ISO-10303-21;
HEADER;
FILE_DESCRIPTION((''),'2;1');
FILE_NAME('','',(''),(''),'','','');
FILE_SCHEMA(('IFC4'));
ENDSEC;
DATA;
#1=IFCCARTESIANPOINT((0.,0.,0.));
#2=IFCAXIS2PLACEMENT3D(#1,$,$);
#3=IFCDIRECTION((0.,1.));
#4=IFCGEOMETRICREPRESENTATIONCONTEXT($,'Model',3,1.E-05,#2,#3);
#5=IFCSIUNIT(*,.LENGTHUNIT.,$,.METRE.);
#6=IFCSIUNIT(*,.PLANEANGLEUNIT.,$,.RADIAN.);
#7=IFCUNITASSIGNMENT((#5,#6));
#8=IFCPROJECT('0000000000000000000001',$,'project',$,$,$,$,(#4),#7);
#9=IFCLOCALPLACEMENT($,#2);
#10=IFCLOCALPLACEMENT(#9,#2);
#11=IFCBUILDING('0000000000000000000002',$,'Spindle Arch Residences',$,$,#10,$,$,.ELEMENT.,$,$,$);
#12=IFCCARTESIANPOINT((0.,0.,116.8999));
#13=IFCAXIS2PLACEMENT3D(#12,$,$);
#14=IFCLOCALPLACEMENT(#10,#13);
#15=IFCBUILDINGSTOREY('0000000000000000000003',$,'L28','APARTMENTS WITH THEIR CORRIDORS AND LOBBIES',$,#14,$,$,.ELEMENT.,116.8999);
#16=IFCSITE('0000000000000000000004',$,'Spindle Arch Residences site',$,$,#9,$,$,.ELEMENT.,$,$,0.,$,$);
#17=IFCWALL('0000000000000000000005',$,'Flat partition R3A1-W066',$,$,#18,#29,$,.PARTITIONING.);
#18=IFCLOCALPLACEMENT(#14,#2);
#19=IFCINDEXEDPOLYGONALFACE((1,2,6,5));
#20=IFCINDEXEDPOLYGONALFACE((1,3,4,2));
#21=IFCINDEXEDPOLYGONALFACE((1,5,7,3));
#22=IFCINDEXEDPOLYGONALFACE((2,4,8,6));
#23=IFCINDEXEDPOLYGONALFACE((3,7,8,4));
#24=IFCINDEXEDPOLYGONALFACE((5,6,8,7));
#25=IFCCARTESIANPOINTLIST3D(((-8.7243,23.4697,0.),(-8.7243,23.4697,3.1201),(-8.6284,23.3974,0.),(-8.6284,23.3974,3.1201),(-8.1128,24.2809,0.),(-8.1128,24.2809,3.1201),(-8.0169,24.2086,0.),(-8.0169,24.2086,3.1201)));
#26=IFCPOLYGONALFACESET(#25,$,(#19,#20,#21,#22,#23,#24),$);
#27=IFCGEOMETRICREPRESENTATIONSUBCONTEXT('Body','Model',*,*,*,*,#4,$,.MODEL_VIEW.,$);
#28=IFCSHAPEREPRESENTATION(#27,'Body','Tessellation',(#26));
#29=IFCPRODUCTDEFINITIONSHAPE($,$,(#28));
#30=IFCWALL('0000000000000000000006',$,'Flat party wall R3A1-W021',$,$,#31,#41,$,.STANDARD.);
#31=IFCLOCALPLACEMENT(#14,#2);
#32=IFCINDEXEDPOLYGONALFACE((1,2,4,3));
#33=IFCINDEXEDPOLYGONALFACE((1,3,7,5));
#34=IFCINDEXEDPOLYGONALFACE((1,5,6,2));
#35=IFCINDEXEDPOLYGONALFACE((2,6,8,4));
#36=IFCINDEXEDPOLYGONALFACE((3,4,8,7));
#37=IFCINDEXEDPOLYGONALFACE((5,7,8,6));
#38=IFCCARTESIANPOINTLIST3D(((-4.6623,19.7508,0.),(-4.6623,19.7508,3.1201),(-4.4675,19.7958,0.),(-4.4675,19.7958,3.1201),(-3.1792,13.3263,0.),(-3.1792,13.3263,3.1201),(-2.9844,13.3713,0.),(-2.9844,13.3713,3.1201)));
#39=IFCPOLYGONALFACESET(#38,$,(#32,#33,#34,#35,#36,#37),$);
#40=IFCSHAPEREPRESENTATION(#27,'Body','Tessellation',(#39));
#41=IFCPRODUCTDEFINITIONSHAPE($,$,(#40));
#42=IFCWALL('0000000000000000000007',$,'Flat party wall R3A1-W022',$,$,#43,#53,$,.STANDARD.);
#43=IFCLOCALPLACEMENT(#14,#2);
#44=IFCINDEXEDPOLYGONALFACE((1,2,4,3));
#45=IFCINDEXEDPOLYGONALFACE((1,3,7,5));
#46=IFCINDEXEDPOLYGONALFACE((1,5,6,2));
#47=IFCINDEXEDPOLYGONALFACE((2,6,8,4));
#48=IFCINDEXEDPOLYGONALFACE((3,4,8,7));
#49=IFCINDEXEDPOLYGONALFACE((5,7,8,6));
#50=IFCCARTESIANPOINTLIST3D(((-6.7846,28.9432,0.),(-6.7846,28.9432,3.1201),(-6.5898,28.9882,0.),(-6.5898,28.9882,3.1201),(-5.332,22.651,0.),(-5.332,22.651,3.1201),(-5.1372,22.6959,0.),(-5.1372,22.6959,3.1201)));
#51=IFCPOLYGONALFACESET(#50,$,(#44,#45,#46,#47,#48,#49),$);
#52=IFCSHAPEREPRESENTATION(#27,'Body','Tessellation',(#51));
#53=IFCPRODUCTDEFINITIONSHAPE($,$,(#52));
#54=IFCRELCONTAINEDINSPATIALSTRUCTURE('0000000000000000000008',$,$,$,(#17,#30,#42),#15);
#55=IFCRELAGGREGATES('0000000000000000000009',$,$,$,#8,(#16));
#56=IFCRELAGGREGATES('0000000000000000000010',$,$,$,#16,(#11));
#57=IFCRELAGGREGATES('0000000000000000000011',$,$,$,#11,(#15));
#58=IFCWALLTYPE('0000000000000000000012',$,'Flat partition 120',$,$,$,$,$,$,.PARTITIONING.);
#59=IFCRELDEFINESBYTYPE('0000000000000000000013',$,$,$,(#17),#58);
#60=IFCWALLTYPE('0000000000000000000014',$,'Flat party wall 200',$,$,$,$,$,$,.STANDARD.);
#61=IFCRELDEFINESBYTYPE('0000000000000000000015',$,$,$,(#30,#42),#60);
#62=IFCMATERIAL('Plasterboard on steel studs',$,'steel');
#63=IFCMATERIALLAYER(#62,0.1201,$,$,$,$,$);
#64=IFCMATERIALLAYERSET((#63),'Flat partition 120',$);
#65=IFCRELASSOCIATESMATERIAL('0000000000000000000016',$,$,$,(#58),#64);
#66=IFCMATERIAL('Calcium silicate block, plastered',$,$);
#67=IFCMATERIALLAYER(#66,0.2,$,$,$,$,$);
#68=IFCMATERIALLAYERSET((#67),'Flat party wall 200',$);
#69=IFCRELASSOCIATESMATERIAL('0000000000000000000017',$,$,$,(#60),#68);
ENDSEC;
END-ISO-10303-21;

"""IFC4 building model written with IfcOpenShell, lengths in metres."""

from ifc_helpers import new_model, si_unit, direction, frame, frame_2d, origin, place, context, subcontext, project, spatial, rectangle, extrude, material, layer, layer_set, type_object, element, save


model = new_model("IFC4")

# Units and contexts
model_context = context("Model", 3, precision=1e-05, world=origin(), true_north=direction((0.0, 1.0)))
body_context = subcontext(model_context, "Body", "Model", "MODEL_VIEW")
ifc_project = project(units=[si_unit("LENGTHUNIT", "METRE"), si_unit("PLANEANGLEUNIT", "RADIAN")], contexts=[model_context])

# Site, building, storey
site_placement = place(None, origin())
site = spatial("IfcSite", under=ifc_project, at=site_placement, Name="Spindle Arch Residences site", CompositionType="ELEMENT", RefElevation=0.0)
building_placement = place(site_placement, origin())
building = spatial("IfcBuilding", under=site, at=building_placement, Name="Spindle Arch Residences", CompositionType="ELEMENT")
storey_placement = place(building_placement, frame((0.0, 0.0, 116.8999)))
storey = spatial("IfcBuildingStorey", under=building, at=storey_placement, Name="L28", Description="APARTMENTS WITH THEIR CORRIDORS AND LOBBIES", CompositionType="ELEMENT", Elevation=116.8999)

# Shared definitions
ifc_material_1 = material(Name="Plasterboard on steel studs", Category="steel")
ifc_layer_1 = layer(ifc_material_1, 0.1201)
ifc_layer_set_1 = layer_set([ifc_layer_1], Name="Flat partition 120")
wall_type_1 = type_object("IfcWallType", Name="Flat partition 120", PredefinedType="PARTITIONING", material=ifc_layer_set_1)

# Walls
wall_1_placement = place(storey_placement, frame((-8.0649, 24.2446, 0.0), z_axis=(0.0, 0.0, 1.0), x_axis=(-0.601959, -0.798527, 0.0)))
element("IfcWall", 1, at=wall_1_placement, inside=storey, type_object=wall_type_1, Name="Flat partition R3A1-W066", PredefinedType="PARTITIONING", context=body_context, shape_type="SweptSolid", body=[
    extrude(rectangle(XDim=1.0159, YDim=0.1201, at=frame_2d((0.5078, 0.0))), origin(), (0.0, 0.0, 1.0), 3.1201),
])
ifc_material_2 = material(Name="Calcium silicate block, plastered")
ifc_layer_2 = layer(ifc_material_2, 0.2)
ifc_layer_set_2 = layer_set([ifc_layer_2], Name="Flat party wall 200")
wall_type_2 = type_object("IfcWallType", Name="Flat party wall 200", PredefinedType="STANDARD", material=ifc_layer_set_2)
wall_2_placement = place(storey_placement, frame((-4.5649, 19.7734, 0.0), z_axis=(0.0, 0.0, 1.0), x_axis=(0.224941, -0.974372, 0.0)))
element("IfcWall", 2, at=wall_2_placement, inside=storey, type_object=wall_type_2, Name="Flat party wall R3A1-W021", PredefinedType="STANDARD", context=body_context, shape_type="SweptSolid", body=[
    extrude(rectangle(XDim=6.5935, YDim=0.2, at=frame_2d((3.2969, 0.0))), origin(), (0.0, 0.0, 1.0), 3.1201),
])
wall_3_placement = place(storey_placement, frame((-6.6873, 28.9658, 0.0), z_axis=(0.0, 0.0, 1.0), x_axis=(0.224945, -0.974371, 0.0)))
element("IfcWall", 3, at=wall_3_placement, inside=storey, type_object=wall_type_2, Name="Flat party wall R3A1-W022", PredefinedType="STANDARD", context=body_context, shape_type="SweptSolid", body=[
    extrude(rectangle(XDim=6.4578, YDim=0.2, at=frame_2d((3.229, 0.0))), origin(), (0.0, 0.0, 1.0), 3.1201),
])

save(model, "model.ifc")
